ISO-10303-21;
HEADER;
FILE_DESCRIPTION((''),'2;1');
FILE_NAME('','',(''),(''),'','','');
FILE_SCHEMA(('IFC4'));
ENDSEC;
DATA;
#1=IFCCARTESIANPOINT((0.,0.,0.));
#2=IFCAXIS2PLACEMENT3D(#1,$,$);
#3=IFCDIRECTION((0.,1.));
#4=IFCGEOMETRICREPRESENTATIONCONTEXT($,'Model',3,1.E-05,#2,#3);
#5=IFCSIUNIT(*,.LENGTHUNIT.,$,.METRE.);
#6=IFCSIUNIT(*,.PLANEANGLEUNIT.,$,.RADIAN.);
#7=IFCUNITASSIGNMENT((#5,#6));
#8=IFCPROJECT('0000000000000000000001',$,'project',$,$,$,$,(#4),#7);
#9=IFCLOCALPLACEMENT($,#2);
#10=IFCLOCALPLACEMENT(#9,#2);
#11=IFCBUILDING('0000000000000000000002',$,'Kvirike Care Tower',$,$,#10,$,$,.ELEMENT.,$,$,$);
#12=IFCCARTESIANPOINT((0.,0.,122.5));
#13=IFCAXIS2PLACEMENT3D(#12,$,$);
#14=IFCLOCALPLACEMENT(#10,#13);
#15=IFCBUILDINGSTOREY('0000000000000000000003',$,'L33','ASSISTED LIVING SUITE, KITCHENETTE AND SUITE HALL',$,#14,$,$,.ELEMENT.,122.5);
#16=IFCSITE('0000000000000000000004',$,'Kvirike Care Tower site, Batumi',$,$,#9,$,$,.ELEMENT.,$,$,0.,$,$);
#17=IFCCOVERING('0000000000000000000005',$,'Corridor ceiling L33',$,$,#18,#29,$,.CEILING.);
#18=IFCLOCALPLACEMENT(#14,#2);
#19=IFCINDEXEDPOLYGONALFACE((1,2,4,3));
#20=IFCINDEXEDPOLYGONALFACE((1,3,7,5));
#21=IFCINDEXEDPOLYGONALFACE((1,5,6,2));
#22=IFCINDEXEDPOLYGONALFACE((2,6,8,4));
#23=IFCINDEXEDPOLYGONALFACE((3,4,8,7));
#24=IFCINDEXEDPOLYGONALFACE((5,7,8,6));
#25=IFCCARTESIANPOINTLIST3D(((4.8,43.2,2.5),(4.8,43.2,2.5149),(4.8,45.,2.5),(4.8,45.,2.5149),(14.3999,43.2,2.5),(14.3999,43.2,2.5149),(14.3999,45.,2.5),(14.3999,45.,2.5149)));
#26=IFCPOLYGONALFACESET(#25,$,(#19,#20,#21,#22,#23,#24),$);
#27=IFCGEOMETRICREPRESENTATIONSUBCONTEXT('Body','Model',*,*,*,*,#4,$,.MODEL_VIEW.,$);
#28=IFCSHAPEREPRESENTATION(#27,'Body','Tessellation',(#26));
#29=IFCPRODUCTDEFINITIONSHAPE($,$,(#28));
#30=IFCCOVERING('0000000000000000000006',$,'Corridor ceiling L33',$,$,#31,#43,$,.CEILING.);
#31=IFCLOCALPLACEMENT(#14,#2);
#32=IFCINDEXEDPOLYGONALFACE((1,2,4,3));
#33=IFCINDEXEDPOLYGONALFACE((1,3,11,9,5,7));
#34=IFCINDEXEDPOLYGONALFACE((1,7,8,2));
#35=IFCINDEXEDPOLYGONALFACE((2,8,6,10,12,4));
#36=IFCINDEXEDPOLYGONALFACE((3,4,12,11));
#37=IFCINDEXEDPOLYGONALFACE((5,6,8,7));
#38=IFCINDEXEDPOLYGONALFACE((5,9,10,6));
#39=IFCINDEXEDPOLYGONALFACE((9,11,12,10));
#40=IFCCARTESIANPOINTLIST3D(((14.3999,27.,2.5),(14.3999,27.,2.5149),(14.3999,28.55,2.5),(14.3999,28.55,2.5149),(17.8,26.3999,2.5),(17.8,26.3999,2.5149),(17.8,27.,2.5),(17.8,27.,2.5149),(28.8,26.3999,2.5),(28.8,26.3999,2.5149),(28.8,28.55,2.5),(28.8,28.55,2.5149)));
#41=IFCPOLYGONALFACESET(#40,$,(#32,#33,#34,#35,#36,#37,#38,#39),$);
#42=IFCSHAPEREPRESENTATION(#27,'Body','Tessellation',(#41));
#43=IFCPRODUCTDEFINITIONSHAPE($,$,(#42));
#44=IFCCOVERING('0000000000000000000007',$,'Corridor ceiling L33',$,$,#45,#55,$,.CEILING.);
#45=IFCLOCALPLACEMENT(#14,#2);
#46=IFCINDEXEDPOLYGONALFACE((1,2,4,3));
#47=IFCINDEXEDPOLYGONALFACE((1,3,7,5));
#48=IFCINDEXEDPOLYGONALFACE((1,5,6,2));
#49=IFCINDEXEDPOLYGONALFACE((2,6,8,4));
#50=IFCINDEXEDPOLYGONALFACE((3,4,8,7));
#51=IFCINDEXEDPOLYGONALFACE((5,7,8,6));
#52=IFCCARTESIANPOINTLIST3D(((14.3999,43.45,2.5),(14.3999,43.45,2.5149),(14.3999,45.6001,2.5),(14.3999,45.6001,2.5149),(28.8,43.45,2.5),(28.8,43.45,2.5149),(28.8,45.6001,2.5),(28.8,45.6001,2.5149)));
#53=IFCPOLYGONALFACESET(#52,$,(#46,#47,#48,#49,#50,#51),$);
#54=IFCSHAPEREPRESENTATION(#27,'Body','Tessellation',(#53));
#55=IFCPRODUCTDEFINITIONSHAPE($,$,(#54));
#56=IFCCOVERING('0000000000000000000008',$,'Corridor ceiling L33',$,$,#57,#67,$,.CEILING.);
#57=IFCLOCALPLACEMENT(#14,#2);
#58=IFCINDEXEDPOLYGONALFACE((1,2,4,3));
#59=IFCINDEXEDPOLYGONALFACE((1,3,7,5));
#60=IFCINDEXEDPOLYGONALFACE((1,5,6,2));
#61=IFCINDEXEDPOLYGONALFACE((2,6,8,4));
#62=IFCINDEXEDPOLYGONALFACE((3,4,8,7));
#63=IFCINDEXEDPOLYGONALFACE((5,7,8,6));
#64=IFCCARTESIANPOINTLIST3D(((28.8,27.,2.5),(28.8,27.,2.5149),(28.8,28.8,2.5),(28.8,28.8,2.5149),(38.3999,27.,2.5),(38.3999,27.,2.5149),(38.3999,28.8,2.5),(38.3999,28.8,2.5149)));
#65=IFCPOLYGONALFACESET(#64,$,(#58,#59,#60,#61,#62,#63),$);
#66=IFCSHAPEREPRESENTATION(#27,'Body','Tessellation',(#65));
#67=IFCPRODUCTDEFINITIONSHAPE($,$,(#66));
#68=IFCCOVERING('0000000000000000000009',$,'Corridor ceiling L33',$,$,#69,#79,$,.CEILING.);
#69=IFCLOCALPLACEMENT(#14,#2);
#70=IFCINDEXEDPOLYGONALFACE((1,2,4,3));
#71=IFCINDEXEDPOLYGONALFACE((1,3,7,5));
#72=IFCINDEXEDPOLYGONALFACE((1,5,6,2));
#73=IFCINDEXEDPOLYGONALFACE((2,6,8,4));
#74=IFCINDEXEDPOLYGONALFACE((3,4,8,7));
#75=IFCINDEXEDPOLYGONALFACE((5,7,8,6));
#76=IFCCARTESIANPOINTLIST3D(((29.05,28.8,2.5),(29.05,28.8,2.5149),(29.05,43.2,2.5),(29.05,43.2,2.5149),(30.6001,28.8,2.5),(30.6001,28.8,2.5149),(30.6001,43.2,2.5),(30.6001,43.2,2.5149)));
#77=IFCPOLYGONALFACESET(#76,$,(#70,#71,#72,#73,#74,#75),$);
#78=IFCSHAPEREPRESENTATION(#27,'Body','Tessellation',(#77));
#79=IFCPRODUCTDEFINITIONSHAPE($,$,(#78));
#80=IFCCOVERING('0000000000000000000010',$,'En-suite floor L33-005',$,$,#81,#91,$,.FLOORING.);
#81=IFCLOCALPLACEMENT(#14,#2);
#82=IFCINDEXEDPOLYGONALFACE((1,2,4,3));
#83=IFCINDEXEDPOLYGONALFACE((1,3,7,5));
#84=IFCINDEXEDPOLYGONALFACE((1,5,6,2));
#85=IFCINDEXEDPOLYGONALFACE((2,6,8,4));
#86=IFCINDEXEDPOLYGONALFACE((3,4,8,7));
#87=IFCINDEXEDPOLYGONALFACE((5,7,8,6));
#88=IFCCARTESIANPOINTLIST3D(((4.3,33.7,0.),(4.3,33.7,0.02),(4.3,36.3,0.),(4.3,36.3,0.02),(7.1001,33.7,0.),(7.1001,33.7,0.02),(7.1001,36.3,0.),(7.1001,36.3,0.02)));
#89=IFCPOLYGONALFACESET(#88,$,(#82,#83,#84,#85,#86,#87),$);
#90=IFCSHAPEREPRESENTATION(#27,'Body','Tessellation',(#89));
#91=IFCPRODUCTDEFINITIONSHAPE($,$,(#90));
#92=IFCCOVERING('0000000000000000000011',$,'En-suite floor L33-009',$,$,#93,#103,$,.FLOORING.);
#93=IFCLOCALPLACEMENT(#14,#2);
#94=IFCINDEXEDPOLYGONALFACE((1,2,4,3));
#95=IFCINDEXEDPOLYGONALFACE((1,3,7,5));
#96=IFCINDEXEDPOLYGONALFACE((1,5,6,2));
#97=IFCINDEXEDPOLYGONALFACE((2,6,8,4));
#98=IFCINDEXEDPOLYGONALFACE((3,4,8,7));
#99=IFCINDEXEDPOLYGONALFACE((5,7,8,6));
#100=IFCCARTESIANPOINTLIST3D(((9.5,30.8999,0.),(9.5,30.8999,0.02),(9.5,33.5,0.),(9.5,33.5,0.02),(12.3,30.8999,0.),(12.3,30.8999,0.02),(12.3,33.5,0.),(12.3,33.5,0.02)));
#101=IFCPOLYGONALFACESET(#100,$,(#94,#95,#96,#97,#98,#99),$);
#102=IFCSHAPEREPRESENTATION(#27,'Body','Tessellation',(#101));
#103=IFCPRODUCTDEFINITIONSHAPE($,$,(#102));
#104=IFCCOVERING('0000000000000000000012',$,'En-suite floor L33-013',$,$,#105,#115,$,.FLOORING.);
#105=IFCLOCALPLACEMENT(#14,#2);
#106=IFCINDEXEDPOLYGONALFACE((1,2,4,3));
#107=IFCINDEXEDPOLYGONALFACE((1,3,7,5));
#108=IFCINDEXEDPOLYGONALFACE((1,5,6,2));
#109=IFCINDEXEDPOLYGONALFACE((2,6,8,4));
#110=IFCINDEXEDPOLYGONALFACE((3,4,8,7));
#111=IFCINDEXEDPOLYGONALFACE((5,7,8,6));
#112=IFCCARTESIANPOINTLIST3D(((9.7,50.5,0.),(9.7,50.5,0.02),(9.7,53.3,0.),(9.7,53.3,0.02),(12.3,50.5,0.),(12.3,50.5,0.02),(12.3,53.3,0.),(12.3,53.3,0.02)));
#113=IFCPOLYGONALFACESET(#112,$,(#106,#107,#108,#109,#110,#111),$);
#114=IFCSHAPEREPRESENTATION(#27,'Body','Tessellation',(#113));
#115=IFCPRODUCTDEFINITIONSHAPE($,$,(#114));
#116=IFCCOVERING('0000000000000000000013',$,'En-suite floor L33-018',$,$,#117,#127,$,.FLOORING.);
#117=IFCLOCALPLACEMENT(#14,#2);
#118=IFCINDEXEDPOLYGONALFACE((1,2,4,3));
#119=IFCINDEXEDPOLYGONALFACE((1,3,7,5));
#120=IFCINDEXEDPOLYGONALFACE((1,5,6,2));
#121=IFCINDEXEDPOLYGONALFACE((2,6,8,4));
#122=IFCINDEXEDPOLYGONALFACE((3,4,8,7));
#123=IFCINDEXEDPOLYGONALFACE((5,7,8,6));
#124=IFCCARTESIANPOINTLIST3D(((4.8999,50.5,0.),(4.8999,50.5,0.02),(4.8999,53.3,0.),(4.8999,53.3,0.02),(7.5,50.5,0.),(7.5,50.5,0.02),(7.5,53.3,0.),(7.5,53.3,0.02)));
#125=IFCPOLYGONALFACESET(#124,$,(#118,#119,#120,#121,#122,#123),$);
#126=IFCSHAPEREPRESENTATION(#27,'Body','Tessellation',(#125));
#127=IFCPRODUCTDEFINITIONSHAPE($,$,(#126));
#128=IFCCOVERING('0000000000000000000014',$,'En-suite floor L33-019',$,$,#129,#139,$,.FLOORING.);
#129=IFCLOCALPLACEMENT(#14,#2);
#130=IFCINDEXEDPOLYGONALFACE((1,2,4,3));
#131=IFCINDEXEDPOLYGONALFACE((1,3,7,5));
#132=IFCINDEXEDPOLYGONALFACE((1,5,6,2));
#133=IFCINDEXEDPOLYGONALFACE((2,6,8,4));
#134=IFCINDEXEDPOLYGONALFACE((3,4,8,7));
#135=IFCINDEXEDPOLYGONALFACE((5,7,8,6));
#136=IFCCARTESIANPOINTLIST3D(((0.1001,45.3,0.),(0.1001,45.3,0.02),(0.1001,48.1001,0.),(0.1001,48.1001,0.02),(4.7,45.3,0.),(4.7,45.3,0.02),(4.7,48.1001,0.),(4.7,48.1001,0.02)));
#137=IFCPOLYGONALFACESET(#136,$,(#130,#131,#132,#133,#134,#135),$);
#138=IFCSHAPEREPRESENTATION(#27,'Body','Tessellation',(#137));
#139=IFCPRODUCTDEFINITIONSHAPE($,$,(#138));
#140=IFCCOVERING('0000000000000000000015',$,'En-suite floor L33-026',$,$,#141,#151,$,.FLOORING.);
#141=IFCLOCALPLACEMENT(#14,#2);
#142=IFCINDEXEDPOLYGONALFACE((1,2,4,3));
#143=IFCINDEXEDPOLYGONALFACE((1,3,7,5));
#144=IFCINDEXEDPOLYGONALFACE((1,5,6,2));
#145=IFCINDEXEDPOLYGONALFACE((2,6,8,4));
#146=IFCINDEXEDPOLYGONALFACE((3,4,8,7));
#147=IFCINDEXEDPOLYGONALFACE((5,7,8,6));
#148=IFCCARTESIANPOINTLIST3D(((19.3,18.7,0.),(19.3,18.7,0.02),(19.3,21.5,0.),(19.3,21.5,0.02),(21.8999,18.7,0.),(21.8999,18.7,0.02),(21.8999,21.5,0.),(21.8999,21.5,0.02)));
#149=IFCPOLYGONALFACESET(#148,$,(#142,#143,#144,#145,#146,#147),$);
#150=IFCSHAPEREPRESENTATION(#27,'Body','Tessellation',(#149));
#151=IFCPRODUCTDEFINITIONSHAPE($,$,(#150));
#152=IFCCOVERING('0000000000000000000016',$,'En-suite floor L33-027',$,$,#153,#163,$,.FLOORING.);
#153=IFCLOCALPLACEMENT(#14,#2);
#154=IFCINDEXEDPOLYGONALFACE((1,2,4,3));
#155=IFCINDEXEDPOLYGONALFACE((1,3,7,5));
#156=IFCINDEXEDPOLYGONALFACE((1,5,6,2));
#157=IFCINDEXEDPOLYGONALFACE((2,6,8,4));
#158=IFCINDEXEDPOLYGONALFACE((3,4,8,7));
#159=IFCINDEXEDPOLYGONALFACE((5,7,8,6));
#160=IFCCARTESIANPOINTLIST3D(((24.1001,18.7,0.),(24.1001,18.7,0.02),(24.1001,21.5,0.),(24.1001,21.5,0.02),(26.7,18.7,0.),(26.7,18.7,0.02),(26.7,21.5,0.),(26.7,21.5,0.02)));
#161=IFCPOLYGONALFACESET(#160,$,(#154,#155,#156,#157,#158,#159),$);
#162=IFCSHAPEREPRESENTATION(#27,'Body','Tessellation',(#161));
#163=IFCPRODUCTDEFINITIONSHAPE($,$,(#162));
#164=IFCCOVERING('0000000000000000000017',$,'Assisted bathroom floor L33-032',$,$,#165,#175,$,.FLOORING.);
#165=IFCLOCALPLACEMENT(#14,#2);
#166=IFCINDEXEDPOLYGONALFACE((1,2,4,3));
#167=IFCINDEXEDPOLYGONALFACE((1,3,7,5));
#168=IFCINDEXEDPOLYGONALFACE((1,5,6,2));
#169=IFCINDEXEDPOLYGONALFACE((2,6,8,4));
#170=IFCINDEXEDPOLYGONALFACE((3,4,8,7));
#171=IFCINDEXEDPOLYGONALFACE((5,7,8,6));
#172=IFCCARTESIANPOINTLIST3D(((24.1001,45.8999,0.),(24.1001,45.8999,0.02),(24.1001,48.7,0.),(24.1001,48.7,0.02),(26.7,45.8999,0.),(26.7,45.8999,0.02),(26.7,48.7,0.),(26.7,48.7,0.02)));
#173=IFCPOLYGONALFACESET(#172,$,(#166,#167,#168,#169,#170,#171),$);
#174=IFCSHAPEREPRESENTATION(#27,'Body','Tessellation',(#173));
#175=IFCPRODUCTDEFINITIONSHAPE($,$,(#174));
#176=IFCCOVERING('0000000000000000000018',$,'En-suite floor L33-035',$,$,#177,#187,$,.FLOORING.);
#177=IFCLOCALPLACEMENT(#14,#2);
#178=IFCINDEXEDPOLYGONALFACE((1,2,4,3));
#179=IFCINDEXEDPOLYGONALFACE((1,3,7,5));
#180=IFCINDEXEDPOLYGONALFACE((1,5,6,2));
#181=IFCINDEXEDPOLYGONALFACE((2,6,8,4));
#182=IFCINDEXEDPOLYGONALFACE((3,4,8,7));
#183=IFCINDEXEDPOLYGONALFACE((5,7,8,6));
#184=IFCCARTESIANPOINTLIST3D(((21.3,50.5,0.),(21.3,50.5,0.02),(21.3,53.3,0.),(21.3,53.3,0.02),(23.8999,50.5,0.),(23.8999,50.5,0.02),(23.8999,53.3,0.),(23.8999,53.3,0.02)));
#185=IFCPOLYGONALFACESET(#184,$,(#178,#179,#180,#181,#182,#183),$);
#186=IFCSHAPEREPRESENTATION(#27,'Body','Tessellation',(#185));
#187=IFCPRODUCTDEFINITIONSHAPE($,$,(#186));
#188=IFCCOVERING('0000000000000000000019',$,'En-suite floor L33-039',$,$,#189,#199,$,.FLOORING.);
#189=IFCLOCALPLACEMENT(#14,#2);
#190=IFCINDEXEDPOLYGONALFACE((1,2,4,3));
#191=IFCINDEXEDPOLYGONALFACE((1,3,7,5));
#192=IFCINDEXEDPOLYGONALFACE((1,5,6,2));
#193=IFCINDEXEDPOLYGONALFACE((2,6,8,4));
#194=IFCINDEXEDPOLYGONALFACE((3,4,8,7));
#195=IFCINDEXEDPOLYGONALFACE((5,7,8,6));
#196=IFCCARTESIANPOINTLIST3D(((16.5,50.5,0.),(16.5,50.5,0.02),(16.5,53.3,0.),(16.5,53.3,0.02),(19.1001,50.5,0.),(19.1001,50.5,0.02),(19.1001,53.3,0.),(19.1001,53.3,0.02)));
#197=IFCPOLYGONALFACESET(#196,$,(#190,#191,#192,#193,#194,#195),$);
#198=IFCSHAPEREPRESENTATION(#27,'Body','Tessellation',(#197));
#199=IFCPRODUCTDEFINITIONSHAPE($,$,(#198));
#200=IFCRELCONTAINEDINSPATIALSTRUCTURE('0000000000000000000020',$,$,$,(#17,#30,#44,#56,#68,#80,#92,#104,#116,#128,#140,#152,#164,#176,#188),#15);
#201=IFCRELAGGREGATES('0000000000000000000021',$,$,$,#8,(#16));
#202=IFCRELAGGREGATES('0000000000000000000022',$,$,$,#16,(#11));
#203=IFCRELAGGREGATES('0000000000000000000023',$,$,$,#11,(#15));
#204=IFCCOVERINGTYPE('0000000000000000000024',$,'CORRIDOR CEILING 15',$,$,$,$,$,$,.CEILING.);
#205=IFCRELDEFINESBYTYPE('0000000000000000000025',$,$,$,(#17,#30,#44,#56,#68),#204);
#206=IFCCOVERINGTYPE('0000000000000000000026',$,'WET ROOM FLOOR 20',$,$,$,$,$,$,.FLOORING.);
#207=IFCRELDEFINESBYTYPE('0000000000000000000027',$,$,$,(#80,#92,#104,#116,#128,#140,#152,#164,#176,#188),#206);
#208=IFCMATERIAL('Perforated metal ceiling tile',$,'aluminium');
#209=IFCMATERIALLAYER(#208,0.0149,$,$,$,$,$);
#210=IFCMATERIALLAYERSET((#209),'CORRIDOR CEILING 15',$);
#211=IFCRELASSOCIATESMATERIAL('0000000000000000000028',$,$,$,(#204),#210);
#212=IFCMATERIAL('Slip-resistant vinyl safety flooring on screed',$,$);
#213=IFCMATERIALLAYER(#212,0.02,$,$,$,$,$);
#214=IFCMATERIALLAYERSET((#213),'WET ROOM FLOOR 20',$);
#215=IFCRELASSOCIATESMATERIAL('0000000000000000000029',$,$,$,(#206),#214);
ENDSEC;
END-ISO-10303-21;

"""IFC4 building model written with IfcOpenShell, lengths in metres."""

from ifc_helpers import new_model, si_unit, direction, frame, origin, place, context, subcontext, project, spatial, polyline, outline, extrude, material, layer, layer_set, type_object, element, save


model = new_model("IFC4")

# Units and contexts
model_context = context("Model", 3, precision=1e-05, world=origin(), true_north=direction((0.0, 1.0)))
body_context = subcontext(model_context, "Body", "Model", "MODEL_VIEW")
ifc_project = project(units=[si_unit("LENGTHUNIT", "METRE"), si_unit("PLANEANGLEUNIT", "RADIAN")], contexts=[model_context])

# Site, building, storey
site_placement = place(None, origin())
site = spatial("IfcSite", under=ifc_project, at=site_placement, Name="Kvirike Care Tower site, Batumi", CompositionType="ELEMENT", RefElevation=0.0)
building_placement = place(site_placement, origin())
building = spatial("IfcBuilding", under=site, at=building_placement, Name="Kvirike Care Tower", CompositionType="ELEMENT")
storey_placement = place(building_placement, frame((0.0, 0.0, 122.5)))
storey = spatial("IfcBuildingStorey", under=building, at=storey_placement, Name="L33", Description="ASSISTED LIVING SUITE, KITCHENETTE AND SUITE HALL", CompositionType="ELEMENT", Elevation=122.5)

# Coverings
ifc_material_1 = material(Name="Perforated metal ceiling tile", Category="aluminium")
ifc_layer_1 = layer(ifc_material_1, 0.0149)
ifc_layer_set_1 = layer_set([ifc_layer_1], Name="CORRIDOR CEILING 15")
covering_type_1 = type_object("IfcCoveringType", Name="CORRIDOR CEILING 15", PredefinedType="CEILING", material=ifc_layer_set_1)
covering_1_placement = place(storey_placement, frame((0.0, 0.0, 2.5)))
element("IfcCovering", 1, at=covering_1_placement, inside=storey, type_object=covering_type_1, Name="Corridor ceiling L33", PredefinedType="CEILING", context=body_context, shape_type="SweptSolid", body=[
    extrude(outline(polyline([(14.3999, 45.0), (14.3999, 43.2), (4.8, 43.2), (4.8, 45.0), (14.3999, 45.0)])), origin(), (0.0, 0.0, 1.0), 0.0149),
])
covering_2_placement = place(storey_placement, frame((0.0, 0.0, 2.5)))
element("IfcCovering", 2, at=covering_2_placement, inside=storey, type_object=covering_type_1, Name="Corridor ceiling L33", PredefinedType="CEILING", context=body_context, shape_type="SweptSolid", body=[
    extrude(outline(polyline([(14.3999, 28.55), (28.8, 28.55), (28.8, 26.3999), (17.8, 26.3999), (17.8, 27.0), (14.3999, 27.0), (14.3999, 28.55)])), origin(), (0.0, 0.0, 1.0), 0.0149),
])
covering_3_placement = place(storey_placement, frame((0.0, 0.0, 2.5)))
element("IfcCovering", 3, at=covering_3_placement, inside=storey, type_object=covering_type_1, Name="Corridor ceiling L33", PredefinedType="CEILING", context=body_context, shape_type="SweptSolid", body=[
    extrude(outline(polyline([(28.8, 45.6001), (28.8, 43.45), (14.3999, 43.45), (14.3999, 45.6001), (28.8, 45.6001)])), origin(), (0.0, 0.0, 1.0), 0.0149),
])
covering_4_placement = place(storey_placement, frame((0.0, 0.0, 2.5)))
element("IfcCovering", 4, at=covering_4_placement, inside=storey, type_object=covering_type_1, Name="Corridor ceiling L33", PredefinedType="CEILING", context=body_context, shape_type="SweptSolid", body=[
    extrude(outline(polyline([(28.8, 27.0), (28.8, 28.8), (38.3999, 28.8), (38.3999, 27.0), (28.8, 27.0)])), origin(), (0.0, 0.0, 1.0), 0.0149),
])
covering_5_placement = place(storey_placement, frame((0.0, 0.0, 2.5)))
element("IfcCovering", 5, at=covering_5_placement, inside=storey, type_object=covering_type_1, Name="Corridor ceiling L33", PredefinedType="CEILING", context=body_context, shape_type="SweptSolid", body=[
    extrude(outline(polyline([(30.6001, 28.8), (29.05, 28.8), (29.05, 43.2), (30.6001, 43.2), (30.6001, 28.8)])), origin(), (0.0, 0.0, 1.0), 0.0149),
])
ifc_material_2 = material(Name="Slip-resistant vinyl safety flooring on screed")
ifc_layer_2 = layer(ifc_material_2, 0.02)
ifc_layer_set_2 = layer_set([ifc_layer_2], Name="WET ROOM FLOOR 20")
covering_type_2 = type_object("IfcCoveringType", Name="WET ROOM FLOOR 20", PredefinedType="FLOORING", material=ifc_layer_set_2)
covering_6_placement = place(storey_placement, origin())
element("IfcCovering", 6, at=covering_6_placement, inside=storey, type_object=covering_type_2, Name="En-suite floor L33-005", PredefinedType="FLOORING", context=body_context, shape_type="SweptSolid", body=[
    extrude(outline(polyline([(4.3, 36.3), (7.1001, 36.3), (7.1001, 33.7), (4.3, 33.7), (4.3, 36.3)])), origin(), (0.0, 0.0, 1.0), 0.02),
])
covering_7_placement = place(storey_placement, origin())
element("IfcCovering", 7, at=covering_7_placement, inside=storey, type_object=covering_type_2, Name="En-suite floor L33-009", PredefinedType="FLOORING", context=body_context, shape_type="SweptSolid", body=[
    extrude(outline(polyline([(9.5, 33.5), (12.3, 33.5), (12.3, 30.8999), (9.5, 30.8999), (9.5, 33.5)])), origin(), (0.0, 0.0, 1.0), 0.02),
])
covering_8_placement = place(storey_placement, origin())
element("IfcCovering", 8, at=covering_8_placement, inside=storey, type_object=covering_type_2, Name="En-suite floor L33-013", PredefinedType="FLOORING", context=body_context, shape_type="SweptSolid", body=[
    extrude(outline(polyline([(12.3, 53.3), (12.3, 50.5), (9.7, 50.5), (9.7, 53.3), (12.3, 53.3)])), origin(), (0.0, 0.0, 1.0), 0.02),
])
covering_9_placement = place(storey_placement, origin())
element("IfcCovering", 9, at=covering_9_placement, inside=storey, type_object=covering_type_2, Name="En-suite floor L33-018", PredefinedType="FLOORING", context=body_context, shape_type="SweptSolid", body=[
    extrude(outline(polyline([(7.5, 53.3), (7.5, 50.5), (4.8999, 50.5), (4.8999, 53.3), (7.5, 53.3)])), origin(), (0.0, 0.0, 1.0), 0.02),
])
covering_10_placement = place(storey_placement, origin())
element("IfcCovering", 10, at=covering_10_placement, inside=storey, type_object=covering_type_2, Name="En-suite floor L33-019", PredefinedType="FLOORING", context=body_context, shape_type="SweptSolid", body=[
    extrude(outline(polyline([(4.7, 48.1001), (4.7, 45.3), (0.1001, 45.3), (0.1001, 48.1001), (4.7, 48.1001)])), origin(), (0.0, 0.0, 1.0), 0.02),
])
covering_11_placement = place(storey_placement, origin())
element("IfcCovering", 11, at=covering_11_placement, inside=storey, type_object=covering_type_2, Name="En-suite floor L33-026", PredefinedType="FLOORING", context=body_context, shape_type="SweptSolid", body=[
    extrude(outline(polyline([(19.3, 18.7), (19.3, 21.5), (21.8999, 21.5), (21.8999, 18.7), (19.3, 18.7)])), origin(), (0.0, 0.0, 1.0), 0.02),
])
covering_12_placement = place(storey_placement, origin())
element("IfcCovering", 12, at=covering_12_placement, inside=storey, type_object=covering_type_2, Name="En-suite floor L33-027", PredefinedType="FLOORING", context=body_context, shape_type="SweptSolid", body=[
    extrude(outline(polyline([(24.1001, 18.7), (24.1001, 21.5), (26.7, 21.5), (26.7, 18.7), (24.1001, 18.7)])), origin(), (0.0, 0.0, 1.0), 0.02),
])
covering_13_placement = place(storey_placement, origin())
element("IfcCovering", 13, at=covering_13_placement, inside=storey, type_object=covering_type_2, Name="Assisted bathroom floor L33-032", PredefinedType="FLOORING", context=body_context, shape_type="SweptSolid", body=[
    extrude(outline(polyline([(26.7, 48.7), (26.7, 45.8999), (24.1001, 45.8999), (24.1001, 48.7), (26.7, 48.7)])), origin(), (0.0, 0.0, 1.0), 0.02),
])
covering_14_placement = place(storey_placement, origin())
element("IfcCovering", 14, at=covering_14_placement, inside=storey, type_object=covering_type_2, Name="En-suite floor L33-035", PredefinedType="FLOORING", context=body_context, shape_type="SweptSolid", body=[
    extrude(outline(polyline([(23.8999, 53.3), (23.8999, 50.5), (21.3, 50.5), (21.3, 53.3), (23.8999, 53.3)])), origin(), (0.0, 0.0, 1.0), 0.02),
])
covering_15_placement = place(storey_placement, origin())
element("IfcCovering", 15, at=covering_15_placement, inside=storey, type_object=covering_type_2, Name="En-suite floor L33-039", PredefinedType="FLOORING", context=body_context, shape_type="SweptSolid", body=[
    extrude(outline(polyline([(19.1001, 53.3), (19.1001, 50.5), (16.5, 50.5), (16.5, 53.3), (19.1001, 53.3)])), origin(), (0.0, 0.0, 1.0), 0.02),
])

save(model, "model.ifc")
